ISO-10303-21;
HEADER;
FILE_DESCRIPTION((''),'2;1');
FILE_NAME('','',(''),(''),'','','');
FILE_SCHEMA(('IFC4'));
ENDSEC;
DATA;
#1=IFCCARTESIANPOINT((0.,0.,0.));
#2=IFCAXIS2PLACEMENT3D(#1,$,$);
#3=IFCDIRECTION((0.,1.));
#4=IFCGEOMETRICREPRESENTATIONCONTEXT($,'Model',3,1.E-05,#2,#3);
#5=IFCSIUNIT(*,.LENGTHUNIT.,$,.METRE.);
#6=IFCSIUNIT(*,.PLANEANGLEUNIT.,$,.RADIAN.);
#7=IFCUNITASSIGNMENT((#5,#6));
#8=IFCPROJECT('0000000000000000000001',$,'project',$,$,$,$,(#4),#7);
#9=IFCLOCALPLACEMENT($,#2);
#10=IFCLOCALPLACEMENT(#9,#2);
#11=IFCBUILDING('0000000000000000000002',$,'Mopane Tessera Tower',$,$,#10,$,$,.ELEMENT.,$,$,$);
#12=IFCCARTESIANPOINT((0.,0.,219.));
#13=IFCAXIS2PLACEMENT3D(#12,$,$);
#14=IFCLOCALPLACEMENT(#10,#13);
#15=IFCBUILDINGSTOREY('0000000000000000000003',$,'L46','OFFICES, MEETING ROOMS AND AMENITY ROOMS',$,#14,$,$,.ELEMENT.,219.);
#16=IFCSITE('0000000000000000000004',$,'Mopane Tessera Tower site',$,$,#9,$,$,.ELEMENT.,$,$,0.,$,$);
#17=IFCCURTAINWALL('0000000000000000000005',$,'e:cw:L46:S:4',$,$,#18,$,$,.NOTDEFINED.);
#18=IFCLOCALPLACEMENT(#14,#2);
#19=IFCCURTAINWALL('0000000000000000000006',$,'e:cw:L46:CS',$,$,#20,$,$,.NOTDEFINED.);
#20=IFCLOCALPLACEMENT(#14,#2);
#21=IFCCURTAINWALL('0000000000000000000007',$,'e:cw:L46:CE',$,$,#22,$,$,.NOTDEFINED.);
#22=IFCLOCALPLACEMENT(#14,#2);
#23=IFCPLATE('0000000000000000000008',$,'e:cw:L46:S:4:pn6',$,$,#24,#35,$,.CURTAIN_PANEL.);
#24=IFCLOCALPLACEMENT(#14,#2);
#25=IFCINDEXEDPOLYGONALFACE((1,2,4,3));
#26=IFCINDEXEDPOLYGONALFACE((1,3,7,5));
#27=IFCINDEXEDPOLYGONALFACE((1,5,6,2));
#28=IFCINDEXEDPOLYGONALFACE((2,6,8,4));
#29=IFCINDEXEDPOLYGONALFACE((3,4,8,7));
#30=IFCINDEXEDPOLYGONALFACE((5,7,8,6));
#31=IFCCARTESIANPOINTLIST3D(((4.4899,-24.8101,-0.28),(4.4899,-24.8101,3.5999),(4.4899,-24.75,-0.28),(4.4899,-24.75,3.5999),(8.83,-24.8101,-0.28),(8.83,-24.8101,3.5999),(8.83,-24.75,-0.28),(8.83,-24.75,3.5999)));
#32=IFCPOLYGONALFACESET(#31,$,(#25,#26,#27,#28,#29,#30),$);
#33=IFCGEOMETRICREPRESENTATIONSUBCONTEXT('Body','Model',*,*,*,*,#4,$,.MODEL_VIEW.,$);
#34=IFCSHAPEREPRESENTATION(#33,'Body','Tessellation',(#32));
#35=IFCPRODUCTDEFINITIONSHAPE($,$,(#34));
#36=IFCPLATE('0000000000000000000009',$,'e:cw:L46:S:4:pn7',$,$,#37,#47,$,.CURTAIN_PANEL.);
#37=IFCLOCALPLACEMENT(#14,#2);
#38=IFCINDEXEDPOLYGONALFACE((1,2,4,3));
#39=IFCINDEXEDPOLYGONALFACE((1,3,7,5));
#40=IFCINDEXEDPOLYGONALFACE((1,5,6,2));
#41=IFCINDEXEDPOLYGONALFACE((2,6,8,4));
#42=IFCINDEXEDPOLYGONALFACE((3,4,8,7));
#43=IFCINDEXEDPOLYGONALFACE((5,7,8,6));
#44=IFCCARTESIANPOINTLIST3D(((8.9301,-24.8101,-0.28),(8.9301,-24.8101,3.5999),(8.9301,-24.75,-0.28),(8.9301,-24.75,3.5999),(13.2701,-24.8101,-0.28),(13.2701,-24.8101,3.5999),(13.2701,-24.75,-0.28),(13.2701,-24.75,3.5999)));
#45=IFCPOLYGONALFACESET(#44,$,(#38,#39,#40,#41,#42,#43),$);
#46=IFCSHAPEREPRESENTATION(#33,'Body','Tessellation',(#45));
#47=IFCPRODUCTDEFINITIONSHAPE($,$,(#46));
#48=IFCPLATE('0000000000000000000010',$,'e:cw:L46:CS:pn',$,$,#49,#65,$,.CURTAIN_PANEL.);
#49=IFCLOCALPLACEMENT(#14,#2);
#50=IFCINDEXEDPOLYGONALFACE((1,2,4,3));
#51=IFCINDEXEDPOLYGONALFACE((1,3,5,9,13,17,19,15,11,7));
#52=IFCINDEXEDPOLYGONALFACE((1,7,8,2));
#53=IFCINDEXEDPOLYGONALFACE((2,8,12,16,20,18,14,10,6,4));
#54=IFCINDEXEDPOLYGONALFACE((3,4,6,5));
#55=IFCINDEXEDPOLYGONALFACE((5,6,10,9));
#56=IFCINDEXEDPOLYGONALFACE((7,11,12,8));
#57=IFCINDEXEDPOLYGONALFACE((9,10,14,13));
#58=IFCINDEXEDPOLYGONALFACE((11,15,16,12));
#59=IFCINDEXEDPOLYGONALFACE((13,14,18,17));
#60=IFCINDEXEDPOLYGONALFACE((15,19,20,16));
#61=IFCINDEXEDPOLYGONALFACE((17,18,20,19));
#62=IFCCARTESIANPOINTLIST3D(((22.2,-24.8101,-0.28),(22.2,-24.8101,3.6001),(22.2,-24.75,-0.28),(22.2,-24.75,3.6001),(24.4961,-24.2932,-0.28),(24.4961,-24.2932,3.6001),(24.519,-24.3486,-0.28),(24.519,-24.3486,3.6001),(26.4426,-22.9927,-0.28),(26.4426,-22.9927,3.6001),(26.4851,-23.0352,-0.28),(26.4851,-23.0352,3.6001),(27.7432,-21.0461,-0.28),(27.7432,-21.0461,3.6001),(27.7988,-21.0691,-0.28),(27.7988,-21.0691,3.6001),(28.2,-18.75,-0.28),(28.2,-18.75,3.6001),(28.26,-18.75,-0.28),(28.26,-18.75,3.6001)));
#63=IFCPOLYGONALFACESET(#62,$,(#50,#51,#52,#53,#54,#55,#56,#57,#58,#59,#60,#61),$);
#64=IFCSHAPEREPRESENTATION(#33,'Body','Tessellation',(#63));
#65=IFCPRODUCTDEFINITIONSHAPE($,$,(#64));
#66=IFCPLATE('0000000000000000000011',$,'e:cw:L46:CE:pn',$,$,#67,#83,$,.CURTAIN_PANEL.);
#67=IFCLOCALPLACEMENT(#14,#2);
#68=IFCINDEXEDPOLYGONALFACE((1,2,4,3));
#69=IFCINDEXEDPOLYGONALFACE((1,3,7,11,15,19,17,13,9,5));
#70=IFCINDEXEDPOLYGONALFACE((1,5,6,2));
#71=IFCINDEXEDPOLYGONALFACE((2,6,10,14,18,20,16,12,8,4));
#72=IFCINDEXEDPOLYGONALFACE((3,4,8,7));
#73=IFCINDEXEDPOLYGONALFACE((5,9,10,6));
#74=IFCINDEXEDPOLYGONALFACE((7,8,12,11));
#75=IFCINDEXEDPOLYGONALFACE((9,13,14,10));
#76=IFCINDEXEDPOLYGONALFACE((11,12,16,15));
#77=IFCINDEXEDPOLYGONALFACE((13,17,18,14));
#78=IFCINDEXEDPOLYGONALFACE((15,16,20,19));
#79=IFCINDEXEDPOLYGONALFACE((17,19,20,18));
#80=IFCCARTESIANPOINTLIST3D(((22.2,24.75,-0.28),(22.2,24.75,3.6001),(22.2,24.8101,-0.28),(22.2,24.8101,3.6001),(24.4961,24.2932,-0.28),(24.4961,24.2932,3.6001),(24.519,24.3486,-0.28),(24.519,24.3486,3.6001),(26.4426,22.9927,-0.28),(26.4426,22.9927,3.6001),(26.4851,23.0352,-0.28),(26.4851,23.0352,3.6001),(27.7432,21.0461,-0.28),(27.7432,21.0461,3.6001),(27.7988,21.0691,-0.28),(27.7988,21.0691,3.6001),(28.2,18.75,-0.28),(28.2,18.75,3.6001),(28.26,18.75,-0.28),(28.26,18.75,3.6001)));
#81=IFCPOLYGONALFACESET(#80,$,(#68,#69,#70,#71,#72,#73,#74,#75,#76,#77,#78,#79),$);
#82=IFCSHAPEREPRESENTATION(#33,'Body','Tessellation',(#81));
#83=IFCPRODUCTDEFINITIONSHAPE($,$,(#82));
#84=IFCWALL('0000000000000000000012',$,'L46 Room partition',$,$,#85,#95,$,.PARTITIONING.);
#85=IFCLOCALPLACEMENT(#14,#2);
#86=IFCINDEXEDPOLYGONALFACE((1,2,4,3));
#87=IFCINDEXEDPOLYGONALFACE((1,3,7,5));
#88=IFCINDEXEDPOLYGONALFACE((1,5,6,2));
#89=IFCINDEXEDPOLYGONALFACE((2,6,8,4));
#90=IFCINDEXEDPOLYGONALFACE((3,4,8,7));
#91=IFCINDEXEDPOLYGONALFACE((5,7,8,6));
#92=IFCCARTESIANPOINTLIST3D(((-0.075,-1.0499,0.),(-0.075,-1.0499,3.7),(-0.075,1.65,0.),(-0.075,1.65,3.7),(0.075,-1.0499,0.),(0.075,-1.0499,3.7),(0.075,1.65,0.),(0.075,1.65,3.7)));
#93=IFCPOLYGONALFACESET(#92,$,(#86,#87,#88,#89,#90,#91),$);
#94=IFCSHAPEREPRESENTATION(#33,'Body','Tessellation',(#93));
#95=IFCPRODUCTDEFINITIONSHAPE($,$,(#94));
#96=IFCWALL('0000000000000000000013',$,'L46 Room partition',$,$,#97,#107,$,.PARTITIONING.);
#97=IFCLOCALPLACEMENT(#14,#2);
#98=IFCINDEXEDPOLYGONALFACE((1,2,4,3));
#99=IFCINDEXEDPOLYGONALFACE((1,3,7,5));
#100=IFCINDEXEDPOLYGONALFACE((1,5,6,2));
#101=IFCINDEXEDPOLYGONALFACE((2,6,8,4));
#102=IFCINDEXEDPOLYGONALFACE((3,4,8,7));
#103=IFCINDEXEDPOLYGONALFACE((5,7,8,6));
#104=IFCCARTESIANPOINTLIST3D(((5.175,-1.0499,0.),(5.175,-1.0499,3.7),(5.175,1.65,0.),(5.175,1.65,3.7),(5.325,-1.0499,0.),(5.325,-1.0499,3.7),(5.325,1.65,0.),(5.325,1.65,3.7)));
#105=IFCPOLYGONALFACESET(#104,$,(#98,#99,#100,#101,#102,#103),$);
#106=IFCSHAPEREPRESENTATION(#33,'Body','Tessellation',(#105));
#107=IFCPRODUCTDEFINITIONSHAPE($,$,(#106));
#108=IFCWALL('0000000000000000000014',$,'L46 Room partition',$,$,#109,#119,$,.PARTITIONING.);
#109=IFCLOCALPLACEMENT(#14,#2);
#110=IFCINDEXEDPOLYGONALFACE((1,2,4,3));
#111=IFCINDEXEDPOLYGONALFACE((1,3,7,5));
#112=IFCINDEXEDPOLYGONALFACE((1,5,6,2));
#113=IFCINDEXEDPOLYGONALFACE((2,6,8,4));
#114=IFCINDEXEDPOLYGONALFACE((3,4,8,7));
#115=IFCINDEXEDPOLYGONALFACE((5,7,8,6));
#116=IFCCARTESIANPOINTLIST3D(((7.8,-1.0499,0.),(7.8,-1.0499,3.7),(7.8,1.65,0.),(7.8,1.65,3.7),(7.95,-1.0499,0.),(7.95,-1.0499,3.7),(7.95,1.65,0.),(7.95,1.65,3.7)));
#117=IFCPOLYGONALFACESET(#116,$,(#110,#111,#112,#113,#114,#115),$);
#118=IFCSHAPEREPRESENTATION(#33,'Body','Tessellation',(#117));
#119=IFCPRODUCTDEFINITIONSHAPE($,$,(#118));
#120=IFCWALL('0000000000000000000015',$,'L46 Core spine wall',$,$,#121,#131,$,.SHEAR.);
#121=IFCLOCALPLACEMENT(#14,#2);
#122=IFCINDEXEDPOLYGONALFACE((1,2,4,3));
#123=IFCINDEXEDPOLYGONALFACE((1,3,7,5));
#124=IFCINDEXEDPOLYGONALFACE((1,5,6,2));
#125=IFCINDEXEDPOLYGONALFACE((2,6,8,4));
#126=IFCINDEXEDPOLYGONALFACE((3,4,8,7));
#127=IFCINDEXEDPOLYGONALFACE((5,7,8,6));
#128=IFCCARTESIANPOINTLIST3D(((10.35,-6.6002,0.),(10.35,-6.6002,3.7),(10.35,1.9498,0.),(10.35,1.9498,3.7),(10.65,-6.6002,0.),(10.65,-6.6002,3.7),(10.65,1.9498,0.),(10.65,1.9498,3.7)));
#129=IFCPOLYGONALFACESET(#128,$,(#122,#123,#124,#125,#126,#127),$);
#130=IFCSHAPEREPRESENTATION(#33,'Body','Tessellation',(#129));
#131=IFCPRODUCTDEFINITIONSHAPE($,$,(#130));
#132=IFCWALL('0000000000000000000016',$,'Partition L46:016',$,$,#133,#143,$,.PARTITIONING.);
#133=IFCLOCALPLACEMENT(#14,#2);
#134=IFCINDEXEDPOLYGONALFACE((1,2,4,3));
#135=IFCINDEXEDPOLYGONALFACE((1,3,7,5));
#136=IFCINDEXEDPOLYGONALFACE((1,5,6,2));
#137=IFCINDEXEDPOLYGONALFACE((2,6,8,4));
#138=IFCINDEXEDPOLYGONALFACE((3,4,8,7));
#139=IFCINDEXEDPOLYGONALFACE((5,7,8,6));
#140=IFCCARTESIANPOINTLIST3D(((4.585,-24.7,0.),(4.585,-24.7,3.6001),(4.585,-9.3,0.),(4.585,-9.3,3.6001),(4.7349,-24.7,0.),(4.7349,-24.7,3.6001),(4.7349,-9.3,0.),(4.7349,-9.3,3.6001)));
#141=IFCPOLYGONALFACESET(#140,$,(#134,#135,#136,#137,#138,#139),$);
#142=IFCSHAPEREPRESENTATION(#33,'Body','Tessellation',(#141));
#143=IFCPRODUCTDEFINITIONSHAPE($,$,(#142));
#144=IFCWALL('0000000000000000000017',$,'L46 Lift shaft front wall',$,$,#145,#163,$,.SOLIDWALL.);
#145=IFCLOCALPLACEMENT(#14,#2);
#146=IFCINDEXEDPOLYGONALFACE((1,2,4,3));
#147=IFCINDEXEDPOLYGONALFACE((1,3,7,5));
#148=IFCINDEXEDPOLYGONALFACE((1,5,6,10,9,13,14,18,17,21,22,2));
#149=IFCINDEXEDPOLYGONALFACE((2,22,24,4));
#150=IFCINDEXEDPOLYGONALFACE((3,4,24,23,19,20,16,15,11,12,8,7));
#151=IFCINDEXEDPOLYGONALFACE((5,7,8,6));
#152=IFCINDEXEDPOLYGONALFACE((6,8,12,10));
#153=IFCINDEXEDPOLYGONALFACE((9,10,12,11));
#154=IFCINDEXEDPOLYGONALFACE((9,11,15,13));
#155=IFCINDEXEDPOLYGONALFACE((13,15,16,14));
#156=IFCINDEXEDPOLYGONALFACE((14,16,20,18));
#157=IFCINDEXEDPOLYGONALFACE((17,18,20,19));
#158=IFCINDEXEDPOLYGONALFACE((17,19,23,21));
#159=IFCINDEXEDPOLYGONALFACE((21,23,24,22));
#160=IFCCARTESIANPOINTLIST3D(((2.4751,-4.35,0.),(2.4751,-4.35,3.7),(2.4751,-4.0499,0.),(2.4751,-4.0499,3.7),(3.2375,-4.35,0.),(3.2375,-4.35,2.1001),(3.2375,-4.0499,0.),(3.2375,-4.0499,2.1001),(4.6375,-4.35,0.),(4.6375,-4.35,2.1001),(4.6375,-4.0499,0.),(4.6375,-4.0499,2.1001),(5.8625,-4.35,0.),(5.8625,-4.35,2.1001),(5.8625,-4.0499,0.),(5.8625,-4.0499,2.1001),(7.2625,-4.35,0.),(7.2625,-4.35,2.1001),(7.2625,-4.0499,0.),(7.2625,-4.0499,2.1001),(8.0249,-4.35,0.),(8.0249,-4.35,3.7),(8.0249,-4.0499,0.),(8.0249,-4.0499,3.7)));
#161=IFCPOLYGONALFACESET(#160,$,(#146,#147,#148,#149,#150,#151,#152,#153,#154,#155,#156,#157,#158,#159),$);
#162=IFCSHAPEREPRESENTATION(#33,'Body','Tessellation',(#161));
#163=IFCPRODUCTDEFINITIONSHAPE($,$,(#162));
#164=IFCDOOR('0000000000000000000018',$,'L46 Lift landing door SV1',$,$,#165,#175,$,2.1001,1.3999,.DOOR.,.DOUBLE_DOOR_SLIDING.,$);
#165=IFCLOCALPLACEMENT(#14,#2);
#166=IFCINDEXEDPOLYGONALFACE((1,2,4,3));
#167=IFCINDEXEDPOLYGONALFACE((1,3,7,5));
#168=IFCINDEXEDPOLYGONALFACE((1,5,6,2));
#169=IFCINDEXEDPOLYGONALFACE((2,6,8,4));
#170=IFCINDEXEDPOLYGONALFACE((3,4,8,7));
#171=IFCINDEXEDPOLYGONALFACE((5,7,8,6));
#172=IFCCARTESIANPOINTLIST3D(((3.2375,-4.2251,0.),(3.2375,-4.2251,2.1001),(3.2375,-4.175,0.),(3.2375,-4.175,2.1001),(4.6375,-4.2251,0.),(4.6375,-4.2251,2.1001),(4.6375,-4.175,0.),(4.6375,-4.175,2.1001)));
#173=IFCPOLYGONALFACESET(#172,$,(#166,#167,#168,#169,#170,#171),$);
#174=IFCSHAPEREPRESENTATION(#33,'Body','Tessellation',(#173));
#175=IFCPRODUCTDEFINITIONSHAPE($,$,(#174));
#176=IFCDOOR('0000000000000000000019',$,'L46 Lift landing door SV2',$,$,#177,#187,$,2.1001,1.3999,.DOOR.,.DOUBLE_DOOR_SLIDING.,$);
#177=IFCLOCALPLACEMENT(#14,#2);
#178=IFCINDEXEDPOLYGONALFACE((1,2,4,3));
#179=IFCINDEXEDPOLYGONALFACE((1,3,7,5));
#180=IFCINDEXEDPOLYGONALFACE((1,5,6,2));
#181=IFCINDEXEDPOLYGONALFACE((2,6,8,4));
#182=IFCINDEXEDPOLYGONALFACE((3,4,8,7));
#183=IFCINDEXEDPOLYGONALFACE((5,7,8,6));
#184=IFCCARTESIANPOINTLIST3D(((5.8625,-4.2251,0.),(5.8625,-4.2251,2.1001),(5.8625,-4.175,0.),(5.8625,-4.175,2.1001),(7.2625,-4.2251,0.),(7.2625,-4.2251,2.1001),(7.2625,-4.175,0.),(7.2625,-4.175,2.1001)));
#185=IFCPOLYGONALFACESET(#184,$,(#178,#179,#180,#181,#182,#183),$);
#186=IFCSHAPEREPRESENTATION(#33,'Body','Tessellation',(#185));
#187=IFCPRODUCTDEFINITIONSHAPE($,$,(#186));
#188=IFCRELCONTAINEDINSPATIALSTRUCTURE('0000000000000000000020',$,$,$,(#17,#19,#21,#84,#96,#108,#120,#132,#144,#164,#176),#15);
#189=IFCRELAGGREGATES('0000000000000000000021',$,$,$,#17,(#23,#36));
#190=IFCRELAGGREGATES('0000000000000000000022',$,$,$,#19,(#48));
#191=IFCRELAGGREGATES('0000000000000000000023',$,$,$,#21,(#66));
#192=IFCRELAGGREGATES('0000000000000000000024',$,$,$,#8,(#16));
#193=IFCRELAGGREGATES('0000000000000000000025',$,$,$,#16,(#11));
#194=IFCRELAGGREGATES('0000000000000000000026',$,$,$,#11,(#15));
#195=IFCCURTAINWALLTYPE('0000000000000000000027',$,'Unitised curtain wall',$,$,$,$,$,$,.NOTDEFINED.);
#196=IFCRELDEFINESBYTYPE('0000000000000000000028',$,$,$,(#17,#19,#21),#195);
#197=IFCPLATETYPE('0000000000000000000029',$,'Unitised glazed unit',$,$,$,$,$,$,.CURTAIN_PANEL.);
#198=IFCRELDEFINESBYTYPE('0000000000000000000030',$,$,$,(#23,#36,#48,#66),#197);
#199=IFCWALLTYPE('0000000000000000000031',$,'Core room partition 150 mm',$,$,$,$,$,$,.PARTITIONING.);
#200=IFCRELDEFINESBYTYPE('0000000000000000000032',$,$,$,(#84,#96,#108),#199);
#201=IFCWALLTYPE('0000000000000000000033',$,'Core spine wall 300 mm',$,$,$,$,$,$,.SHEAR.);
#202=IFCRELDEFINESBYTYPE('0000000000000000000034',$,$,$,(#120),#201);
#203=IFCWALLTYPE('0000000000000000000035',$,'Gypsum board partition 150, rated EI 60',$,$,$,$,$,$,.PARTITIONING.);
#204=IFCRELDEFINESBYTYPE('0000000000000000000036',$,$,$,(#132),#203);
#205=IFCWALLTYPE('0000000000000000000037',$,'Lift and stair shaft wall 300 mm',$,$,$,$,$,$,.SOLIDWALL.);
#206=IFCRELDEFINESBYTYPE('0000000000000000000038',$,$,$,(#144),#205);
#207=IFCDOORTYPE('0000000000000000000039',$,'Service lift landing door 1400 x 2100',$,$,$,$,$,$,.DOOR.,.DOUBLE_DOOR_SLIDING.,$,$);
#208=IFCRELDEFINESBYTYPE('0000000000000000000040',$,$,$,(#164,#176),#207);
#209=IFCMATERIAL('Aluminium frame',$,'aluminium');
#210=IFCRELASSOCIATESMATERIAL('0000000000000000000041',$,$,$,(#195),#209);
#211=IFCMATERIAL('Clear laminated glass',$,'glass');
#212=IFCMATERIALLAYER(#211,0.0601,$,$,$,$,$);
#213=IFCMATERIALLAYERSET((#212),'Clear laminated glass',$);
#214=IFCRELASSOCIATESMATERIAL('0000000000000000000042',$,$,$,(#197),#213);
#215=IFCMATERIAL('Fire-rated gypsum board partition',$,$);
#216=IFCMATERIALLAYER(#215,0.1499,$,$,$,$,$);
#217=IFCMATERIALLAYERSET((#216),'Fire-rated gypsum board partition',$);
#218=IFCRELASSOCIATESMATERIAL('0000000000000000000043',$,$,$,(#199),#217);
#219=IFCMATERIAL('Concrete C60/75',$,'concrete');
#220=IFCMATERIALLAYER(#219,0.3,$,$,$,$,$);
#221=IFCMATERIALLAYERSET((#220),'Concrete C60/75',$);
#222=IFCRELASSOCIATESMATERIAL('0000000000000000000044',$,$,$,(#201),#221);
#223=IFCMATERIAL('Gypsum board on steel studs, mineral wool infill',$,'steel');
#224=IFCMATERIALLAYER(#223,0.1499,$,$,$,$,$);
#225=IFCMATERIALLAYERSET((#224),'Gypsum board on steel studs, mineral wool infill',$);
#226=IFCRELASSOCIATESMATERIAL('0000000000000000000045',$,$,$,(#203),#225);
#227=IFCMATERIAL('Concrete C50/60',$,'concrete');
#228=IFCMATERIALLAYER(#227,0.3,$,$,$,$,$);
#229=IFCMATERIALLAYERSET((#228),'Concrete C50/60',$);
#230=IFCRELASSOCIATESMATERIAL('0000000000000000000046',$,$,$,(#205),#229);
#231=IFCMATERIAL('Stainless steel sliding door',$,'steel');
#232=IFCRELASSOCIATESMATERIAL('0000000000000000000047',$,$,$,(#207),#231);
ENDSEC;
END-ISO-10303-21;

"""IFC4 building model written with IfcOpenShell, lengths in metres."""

from ifc_helpers import new_model, si_unit, direction, frame, frame_2d, origin, origin_2d, place, context, subcontext, project, spatial, polyline, rectangle, outline, extrude, material, layer, layer_set, type_object, element, fill, aggregate, save


model = new_model("IFC4")

# Units and contexts
model_context = context("Model", 3, precision=1e-05, world=origin(), true_north=direction((0.0, 1.0)))
body_context = subcontext(model_context, "Body", "Model", "MODEL_VIEW")
ifc_project = project(units=[si_unit("LENGTHUNIT", "METRE"), si_unit("PLANEANGLEUNIT", "RADIAN")], contexts=[model_context])

# Site, building, storey
site_placement = place(None, origin())
site = spatial("IfcSite", under=ifc_project, at=site_placement, Name="Mopane Tessera Tower site", CompositionType="ELEMENT", RefElevation=0.0)
building_placement = place(site_placement, origin())
building = spatial("IfcBuilding", under=site, at=building_placement, Name="Mopane Tessera Tower", CompositionType="ELEMENT")
storey_placement = place(building_placement, frame((0.0, 0.0, 219.0)))
storey = spatial("IfcBuildingStorey", under=building, at=storey_placement, Name="L46", Description="OFFICES, MEETING ROOMS AND AMENITY ROOMS", CompositionType="ELEMENT", Elevation=219.0)

# Curtain wall
ifc_material_1 = material(Name="Aluminium frame", Category="aluminium")
curtain_wall_type = type_object("IfcCurtainWallType", Name="Unitised curtain wall", PredefinedType="NOTDEFINED", material=ifc_material_1)
curtain_wall_1_placement = place(storey_placement, origin())
curtain_wall_1 = element("IfcCurtainWall", 1, at=curtain_wall_1_placement, inside=storey, type_object=curtain_wall_type, Name="e:cw:L46:S:4", PredefinedType="NOTDEFINED")

# Curtain walls
curtain_wall_2_placement = place(storey_placement, origin())
curtain_wall_2 = element("IfcCurtainWall", 2, at=curtain_wall_2_placement, inside=storey, type_object=curtain_wall_type, Name="e:cw:L46:CS", PredefinedType="NOTDEFINED")
curtain_wall_3_placement = place(storey_placement, origin())
curtain_wall_3 = element("IfcCurtainWall", 3, at=curtain_wall_3_placement, inside=storey, type_object=curtain_wall_type, Name="e:cw:L46:CE", PredefinedType="NOTDEFINED")

# Plates
ifc_material_2 = material(Name="Clear laminated glass", Category="glass")
ifc_layer_1 = layer(ifc_material_2, 0.0601)
ifc_layer_set_1 = layer_set([ifc_layer_1], Name="Clear laminated glass")
plate_type = type_object("IfcPlateType", Name="Unitised glazed unit", PredefinedType="CURTAIN_PANEL", material=ifc_layer_set_1)
plate_1_placement = place(storey_placement, frame((6.6599, -24.78, -0.28), z_axis=(0.0, 0.0, 1.0), x_axis=(1.0, 0.0, 0.0)))
plate_1 = element("IfcPlate", 4, at=plate_1_placement, type_object=plate_type, Name="e:cw:L46:S:4:pn6", PredefinedType="CURTAIN_PANEL", context=body_context, shape_type="SweptSolid", body=[
    extrude(rectangle(XDim=4.3401, YDim=0.0601, at=origin_2d()), origin(), (0.0, 0.0, 1.0), 3.8799),
])
plate_2_placement = place(storey_placement, frame((11.1001, -24.78, -0.28), z_axis=(0.0, 0.0, 1.0), x_axis=(1.0, 0.0, 0.0)))
plate_2 = element("IfcPlate", 5, at=plate_2_placement, type_object=plate_type, Name="e:cw:L46:S:4:pn7", PredefinedType="CURTAIN_PANEL", context=body_context, shape_type="SweptSolid", body=[
    extrude(rectangle(XDim=4.3401, YDim=0.0601, at=origin_2d()), origin(), (0.0, 0.0, 1.0), 3.8799),
])
aggregate(curtain_wall_1, [plate_1, plate_2])
plate_3_placement = place(storey_placement, frame((0.0, 0.0, -0.28)))
plate_3 = element("IfcPlate", 6, at=plate_3_placement, type_object=plate_type, Name="e:cw:L46:CS:pn", PredefinedType="CURTAIN_PANEL", context=body_context, shape_type="SweptSolid", body=[
    extrude(outline(polyline([(22.2, -24.75), (24.4961, -24.2932), (26.4426, -22.9927), (27.7432, -21.0461), (28.2, -18.75), (28.26, -18.75), (27.7988, -21.0691), (26.4851, -23.0352), (24.519, -24.3486), (22.2, -24.8101), (22.2, -24.75)])), origin(), (0.0, 0.0, 1.0), 3.8801),
])
aggregate(curtain_wall_2, [plate_3])
plate_4_placement = place(storey_placement, frame((0.0, 0.0, -0.28)))
plate_4 = element("IfcPlate", 7, at=plate_4_placement, type_object=plate_type, Name="e:cw:L46:CE:pn", PredefinedType="CURTAIN_PANEL", context=body_context, shape_type="SweptSolid", body=[
    extrude(outline(polyline([(28.2, 18.75), (27.7432, 21.0461), (26.4426, 22.9927), (24.4961, 24.2932), (22.2, 24.75), (22.2, 24.8101), (24.519, 24.3486), (26.4851, 23.0352), (27.7988, 21.0691), (28.26, 18.75), (28.2, 18.75)])), origin(), (0.0, 0.0, 1.0), 3.8801),
])
aggregate(curtain_wall_3, [plate_4])

# Walls
ifc_material_3 = material(Name="Fire-rated gypsum board partition")
ifc_layer_2 = layer(ifc_material_3, 0.1499)
ifc_layer_set_2 = layer_set([ifc_layer_2], Name="Fire-rated gypsum board partition")
wall_type_1 = type_object("IfcWallType", Name="Core room partition 150 mm", PredefinedType="PARTITIONING", material=ifc_layer_set_2)
for number, where, z_axis, x_axis, name in (
    (8, (0.0, -1.05, 0.0), (0.0, 0.0, 1.0), (0.0, 1.0, 0.0), "L46 Room partition"),
    (9, (5.25, -1.05, 0.0), (0.0, 0.0, 1.0), (0.0, 1.0, 0.0), "L46 Room partition"),
    (10, (7.875, -1.05, 0.0), (0.0, 0.0, 1.0), (0.0, 1.0, 0.0), "L46 Room partition"),
):
    element("IfcWall", number, at=place(storey_placement, frame(where, z_axis=z_axis, x_axis=x_axis)), inside=storey, type_object=wall_type_1, Name=name, PredefinedType="PARTITIONING", context=body_context, shape_type="SweptSolid", body=[
        extrude(rectangle(XDim=2.7, YDim=0.1499, at=frame_2d((1.3501, 0.0))), origin(), (0.0, 0.0, 1.0), 3.7),
    ])
ifc_material_4 = material(Name="Concrete C60/75", Category="concrete")
ifc_layer_3 = layer(ifc_material_4, 0.3)
ifc_layer_set_3 = layer_set([ifc_layer_3], Name="Concrete C60/75")
wall_type_2 = type_object("IfcWallType", Name="Core spine wall 300 mm", PredefinedType="SHEAR", material=ifc_layer_set_3)
wall_1_placement = place(storey_placement, frame((10.5, -6.6001, 0.0), z_axis=(0.0, 0.0, 1.0), x_axis=(0.0, 1.0, 0.0)))
element("IfcWall", 11, at=wall_1_placement, inside=storey, type_object=wall_type_2, Name="L46 Core spine wall", PredefinedType="SHEAR", context=body_context, shape_type="SweptSolid", body=[
    extrude(rectangle(XDim=8.55, YDim=0.3, at=frame_2d((4.2749, 0.0))), origin(), (0.0, 0.0, 1.0), 3.7),
])
ifc_material_5 = material(Name="Gypsum board on steel studs, mineral wool infill", Category="steel")
ifc_layer_4 = layer(ifc_material_5, 0.1499)
ifc_layer_set_4 = layer_set([ifc_layer_4], Name="Gypsum board on steel studs, mineral wool infill")
wall_type_3 = type_object("IfcWallType", Name="Gypsum board partition 150, rated EI 60", PredefinedType="PARTITIONING", material=ifc_layer_set_4)
wall_2_placement = place(storey_placement, frame((4.6599, -24.7, 0.0), z_axis=(0.0, 0.0, 1.0), x_axis=(0.0, 1.0, 0.0)))
element("IfcWall", 12, at=wall_2_placement, inside=storey, type_object=wall_type_3, Name="Partition L46:016", PredefinedType="PARTITIONING", context=body_context, shape_type="SweptSolid", body=[
    extrude(rectangle(XDim=15.3999, YDim=0.1499, at=frame_2d((7.7, 0.0))), origin(), (0.0, 0.0, 1.0), 3.6001),
])

# Wall, openings, doors
ifc_material_6 = material(Name="Concrete C50/60", Category="concrete")
ifc_layer_5 = layer(ifc_material_6, 0.3)
ifc_layer_set_5 = layer_set([ifc_layer_5], Name="Concrete C50/60")
wall_type_4 = type_object("IfcWallType", Name="Lift and stair shaft wall 300 mm", PredefinedType="SOLIDWALL", material=ifc_layer_set_5)
wall_3_placement = place(storey_placement, frame((2.4751, -4.2, 0.0), z_axis=(0.0, 0.0, 1.0), x_axis=(1.0, 0.0, 0.0)))
wall_3 = element("IfcWall", 13, at=wall_3_placement, inside=storey, type_object=wall_type_4, Name="L46 Lift shaft front wall", PredefinedType="SOLIDWALL", context=body_context, shape_type="SweptSolid", body=[
    extrude(rectangle(XDim=5.5498, YDim=0.3, at=frame_2d((2.7749, 0.0))), origin(), (0.0, 0.0, 1.0), 3.7),
])
opening_1_placement = place(wall_3_placement, frame((0.7625, 0.0, 0.0)))
opening_1 = element("IfcOpeningElement", 14, at=opening_1_placement, cuts=wall_3, PredefinedType="OPENING", context=body_context, shape_type="SweptSolid", body=[
    extrude(rectangle(XDim=1.3999, YDim=2.1001, at=frame_2d((0.7, 1.05))), frame((0.0, 0.1621, 0.0), z_axis=(0.0, -1.0, 0.0), x_axis=(1.0, 0.0, 0.0)), (0.0, 0.0, 1.0), 0.324),
])
opening_2_placement = place(wall_3_placement, frame((3.3875, 0.0, 0.0)))
opening_2 = element("IfcOpeningElement", 15, at=opening_2_placement, cuts=wall_3, PredefinedType="OPENING", context=body_context, shape_type="SweptSolid", body=[
    extrude(rectangle(XDim=1.3999, YDim=2.1001, at=frame_2d((0.7, 1.05))), frame((0.0, 0.1621, 0.0), z_axis=(0.0, -1.0, 0.0), x_axis=(1.0, 0.0, 0.0)), (0.0, 0.0, 1.0), 0.324),
])
ifc_material_7 = material(Name="Stainless steel sliding door", Category="steel")
door_type = type_object("IfcDoorType", Name="Service lift landing door 1400 x 2100", OperationType="DOUBLE_DOOR_SLIDING", PredefinedType="DOOR", material=ifc_material_7)
door_1_placement = place(opening_1_placement, origin())
door_1 = element("IfcDoor", 16, at=door_1_placement, inside=storey, type_object=door_type, Name="L46 Lift landing door SV1", OperationType="DOUBLE_DOOR_SLIDING", OverallHeight=2.1001, OverallWidth=1.3999, PredefinedType="DOOR", context=body_context, shape_type="SweptSolid", body=[
    extrude(rectangle(XDim=1.3999, YDim=2.1001, at=frame_2d((0.7, 1.05))), frame((0.0, 0.0249, 0.0), z_axis=(0.0, -1.0, 0.0), x_axis=(1.0, 0.0, 0.0)), (0.0, 0.0, 1.0), 0.05),
])
fill(opening_1, door_1)
door_2_placement = place(opening_2_placement, origin())
door_2 = element("IfcDoor", 17, at=door_2_placement, inside=storey, type_object=door_type, Name="L46 Lift landing door SV2", OperationType="DOUBLE_DOOR_SLIDING", OverallHeight=2.1001, OverallWidth=1.3999, PredefinedType="DOOR", context=body_context, shape_type="SweptSolid", body=[
    extrude(rectangle(XDim=1.3999, YDim=2.1001, at=frame_2d((0.7, 1.05))), frame((0.0, 0.0249, 0.0), z_axis=(0.0, -1.0, 0.0), x_axis=(1.0, 0.0, 0.0)), (0.0, 0.0, 1.0), 0.05),
])
fill(opening_2, door_2)

save(model, "model.ifc")
